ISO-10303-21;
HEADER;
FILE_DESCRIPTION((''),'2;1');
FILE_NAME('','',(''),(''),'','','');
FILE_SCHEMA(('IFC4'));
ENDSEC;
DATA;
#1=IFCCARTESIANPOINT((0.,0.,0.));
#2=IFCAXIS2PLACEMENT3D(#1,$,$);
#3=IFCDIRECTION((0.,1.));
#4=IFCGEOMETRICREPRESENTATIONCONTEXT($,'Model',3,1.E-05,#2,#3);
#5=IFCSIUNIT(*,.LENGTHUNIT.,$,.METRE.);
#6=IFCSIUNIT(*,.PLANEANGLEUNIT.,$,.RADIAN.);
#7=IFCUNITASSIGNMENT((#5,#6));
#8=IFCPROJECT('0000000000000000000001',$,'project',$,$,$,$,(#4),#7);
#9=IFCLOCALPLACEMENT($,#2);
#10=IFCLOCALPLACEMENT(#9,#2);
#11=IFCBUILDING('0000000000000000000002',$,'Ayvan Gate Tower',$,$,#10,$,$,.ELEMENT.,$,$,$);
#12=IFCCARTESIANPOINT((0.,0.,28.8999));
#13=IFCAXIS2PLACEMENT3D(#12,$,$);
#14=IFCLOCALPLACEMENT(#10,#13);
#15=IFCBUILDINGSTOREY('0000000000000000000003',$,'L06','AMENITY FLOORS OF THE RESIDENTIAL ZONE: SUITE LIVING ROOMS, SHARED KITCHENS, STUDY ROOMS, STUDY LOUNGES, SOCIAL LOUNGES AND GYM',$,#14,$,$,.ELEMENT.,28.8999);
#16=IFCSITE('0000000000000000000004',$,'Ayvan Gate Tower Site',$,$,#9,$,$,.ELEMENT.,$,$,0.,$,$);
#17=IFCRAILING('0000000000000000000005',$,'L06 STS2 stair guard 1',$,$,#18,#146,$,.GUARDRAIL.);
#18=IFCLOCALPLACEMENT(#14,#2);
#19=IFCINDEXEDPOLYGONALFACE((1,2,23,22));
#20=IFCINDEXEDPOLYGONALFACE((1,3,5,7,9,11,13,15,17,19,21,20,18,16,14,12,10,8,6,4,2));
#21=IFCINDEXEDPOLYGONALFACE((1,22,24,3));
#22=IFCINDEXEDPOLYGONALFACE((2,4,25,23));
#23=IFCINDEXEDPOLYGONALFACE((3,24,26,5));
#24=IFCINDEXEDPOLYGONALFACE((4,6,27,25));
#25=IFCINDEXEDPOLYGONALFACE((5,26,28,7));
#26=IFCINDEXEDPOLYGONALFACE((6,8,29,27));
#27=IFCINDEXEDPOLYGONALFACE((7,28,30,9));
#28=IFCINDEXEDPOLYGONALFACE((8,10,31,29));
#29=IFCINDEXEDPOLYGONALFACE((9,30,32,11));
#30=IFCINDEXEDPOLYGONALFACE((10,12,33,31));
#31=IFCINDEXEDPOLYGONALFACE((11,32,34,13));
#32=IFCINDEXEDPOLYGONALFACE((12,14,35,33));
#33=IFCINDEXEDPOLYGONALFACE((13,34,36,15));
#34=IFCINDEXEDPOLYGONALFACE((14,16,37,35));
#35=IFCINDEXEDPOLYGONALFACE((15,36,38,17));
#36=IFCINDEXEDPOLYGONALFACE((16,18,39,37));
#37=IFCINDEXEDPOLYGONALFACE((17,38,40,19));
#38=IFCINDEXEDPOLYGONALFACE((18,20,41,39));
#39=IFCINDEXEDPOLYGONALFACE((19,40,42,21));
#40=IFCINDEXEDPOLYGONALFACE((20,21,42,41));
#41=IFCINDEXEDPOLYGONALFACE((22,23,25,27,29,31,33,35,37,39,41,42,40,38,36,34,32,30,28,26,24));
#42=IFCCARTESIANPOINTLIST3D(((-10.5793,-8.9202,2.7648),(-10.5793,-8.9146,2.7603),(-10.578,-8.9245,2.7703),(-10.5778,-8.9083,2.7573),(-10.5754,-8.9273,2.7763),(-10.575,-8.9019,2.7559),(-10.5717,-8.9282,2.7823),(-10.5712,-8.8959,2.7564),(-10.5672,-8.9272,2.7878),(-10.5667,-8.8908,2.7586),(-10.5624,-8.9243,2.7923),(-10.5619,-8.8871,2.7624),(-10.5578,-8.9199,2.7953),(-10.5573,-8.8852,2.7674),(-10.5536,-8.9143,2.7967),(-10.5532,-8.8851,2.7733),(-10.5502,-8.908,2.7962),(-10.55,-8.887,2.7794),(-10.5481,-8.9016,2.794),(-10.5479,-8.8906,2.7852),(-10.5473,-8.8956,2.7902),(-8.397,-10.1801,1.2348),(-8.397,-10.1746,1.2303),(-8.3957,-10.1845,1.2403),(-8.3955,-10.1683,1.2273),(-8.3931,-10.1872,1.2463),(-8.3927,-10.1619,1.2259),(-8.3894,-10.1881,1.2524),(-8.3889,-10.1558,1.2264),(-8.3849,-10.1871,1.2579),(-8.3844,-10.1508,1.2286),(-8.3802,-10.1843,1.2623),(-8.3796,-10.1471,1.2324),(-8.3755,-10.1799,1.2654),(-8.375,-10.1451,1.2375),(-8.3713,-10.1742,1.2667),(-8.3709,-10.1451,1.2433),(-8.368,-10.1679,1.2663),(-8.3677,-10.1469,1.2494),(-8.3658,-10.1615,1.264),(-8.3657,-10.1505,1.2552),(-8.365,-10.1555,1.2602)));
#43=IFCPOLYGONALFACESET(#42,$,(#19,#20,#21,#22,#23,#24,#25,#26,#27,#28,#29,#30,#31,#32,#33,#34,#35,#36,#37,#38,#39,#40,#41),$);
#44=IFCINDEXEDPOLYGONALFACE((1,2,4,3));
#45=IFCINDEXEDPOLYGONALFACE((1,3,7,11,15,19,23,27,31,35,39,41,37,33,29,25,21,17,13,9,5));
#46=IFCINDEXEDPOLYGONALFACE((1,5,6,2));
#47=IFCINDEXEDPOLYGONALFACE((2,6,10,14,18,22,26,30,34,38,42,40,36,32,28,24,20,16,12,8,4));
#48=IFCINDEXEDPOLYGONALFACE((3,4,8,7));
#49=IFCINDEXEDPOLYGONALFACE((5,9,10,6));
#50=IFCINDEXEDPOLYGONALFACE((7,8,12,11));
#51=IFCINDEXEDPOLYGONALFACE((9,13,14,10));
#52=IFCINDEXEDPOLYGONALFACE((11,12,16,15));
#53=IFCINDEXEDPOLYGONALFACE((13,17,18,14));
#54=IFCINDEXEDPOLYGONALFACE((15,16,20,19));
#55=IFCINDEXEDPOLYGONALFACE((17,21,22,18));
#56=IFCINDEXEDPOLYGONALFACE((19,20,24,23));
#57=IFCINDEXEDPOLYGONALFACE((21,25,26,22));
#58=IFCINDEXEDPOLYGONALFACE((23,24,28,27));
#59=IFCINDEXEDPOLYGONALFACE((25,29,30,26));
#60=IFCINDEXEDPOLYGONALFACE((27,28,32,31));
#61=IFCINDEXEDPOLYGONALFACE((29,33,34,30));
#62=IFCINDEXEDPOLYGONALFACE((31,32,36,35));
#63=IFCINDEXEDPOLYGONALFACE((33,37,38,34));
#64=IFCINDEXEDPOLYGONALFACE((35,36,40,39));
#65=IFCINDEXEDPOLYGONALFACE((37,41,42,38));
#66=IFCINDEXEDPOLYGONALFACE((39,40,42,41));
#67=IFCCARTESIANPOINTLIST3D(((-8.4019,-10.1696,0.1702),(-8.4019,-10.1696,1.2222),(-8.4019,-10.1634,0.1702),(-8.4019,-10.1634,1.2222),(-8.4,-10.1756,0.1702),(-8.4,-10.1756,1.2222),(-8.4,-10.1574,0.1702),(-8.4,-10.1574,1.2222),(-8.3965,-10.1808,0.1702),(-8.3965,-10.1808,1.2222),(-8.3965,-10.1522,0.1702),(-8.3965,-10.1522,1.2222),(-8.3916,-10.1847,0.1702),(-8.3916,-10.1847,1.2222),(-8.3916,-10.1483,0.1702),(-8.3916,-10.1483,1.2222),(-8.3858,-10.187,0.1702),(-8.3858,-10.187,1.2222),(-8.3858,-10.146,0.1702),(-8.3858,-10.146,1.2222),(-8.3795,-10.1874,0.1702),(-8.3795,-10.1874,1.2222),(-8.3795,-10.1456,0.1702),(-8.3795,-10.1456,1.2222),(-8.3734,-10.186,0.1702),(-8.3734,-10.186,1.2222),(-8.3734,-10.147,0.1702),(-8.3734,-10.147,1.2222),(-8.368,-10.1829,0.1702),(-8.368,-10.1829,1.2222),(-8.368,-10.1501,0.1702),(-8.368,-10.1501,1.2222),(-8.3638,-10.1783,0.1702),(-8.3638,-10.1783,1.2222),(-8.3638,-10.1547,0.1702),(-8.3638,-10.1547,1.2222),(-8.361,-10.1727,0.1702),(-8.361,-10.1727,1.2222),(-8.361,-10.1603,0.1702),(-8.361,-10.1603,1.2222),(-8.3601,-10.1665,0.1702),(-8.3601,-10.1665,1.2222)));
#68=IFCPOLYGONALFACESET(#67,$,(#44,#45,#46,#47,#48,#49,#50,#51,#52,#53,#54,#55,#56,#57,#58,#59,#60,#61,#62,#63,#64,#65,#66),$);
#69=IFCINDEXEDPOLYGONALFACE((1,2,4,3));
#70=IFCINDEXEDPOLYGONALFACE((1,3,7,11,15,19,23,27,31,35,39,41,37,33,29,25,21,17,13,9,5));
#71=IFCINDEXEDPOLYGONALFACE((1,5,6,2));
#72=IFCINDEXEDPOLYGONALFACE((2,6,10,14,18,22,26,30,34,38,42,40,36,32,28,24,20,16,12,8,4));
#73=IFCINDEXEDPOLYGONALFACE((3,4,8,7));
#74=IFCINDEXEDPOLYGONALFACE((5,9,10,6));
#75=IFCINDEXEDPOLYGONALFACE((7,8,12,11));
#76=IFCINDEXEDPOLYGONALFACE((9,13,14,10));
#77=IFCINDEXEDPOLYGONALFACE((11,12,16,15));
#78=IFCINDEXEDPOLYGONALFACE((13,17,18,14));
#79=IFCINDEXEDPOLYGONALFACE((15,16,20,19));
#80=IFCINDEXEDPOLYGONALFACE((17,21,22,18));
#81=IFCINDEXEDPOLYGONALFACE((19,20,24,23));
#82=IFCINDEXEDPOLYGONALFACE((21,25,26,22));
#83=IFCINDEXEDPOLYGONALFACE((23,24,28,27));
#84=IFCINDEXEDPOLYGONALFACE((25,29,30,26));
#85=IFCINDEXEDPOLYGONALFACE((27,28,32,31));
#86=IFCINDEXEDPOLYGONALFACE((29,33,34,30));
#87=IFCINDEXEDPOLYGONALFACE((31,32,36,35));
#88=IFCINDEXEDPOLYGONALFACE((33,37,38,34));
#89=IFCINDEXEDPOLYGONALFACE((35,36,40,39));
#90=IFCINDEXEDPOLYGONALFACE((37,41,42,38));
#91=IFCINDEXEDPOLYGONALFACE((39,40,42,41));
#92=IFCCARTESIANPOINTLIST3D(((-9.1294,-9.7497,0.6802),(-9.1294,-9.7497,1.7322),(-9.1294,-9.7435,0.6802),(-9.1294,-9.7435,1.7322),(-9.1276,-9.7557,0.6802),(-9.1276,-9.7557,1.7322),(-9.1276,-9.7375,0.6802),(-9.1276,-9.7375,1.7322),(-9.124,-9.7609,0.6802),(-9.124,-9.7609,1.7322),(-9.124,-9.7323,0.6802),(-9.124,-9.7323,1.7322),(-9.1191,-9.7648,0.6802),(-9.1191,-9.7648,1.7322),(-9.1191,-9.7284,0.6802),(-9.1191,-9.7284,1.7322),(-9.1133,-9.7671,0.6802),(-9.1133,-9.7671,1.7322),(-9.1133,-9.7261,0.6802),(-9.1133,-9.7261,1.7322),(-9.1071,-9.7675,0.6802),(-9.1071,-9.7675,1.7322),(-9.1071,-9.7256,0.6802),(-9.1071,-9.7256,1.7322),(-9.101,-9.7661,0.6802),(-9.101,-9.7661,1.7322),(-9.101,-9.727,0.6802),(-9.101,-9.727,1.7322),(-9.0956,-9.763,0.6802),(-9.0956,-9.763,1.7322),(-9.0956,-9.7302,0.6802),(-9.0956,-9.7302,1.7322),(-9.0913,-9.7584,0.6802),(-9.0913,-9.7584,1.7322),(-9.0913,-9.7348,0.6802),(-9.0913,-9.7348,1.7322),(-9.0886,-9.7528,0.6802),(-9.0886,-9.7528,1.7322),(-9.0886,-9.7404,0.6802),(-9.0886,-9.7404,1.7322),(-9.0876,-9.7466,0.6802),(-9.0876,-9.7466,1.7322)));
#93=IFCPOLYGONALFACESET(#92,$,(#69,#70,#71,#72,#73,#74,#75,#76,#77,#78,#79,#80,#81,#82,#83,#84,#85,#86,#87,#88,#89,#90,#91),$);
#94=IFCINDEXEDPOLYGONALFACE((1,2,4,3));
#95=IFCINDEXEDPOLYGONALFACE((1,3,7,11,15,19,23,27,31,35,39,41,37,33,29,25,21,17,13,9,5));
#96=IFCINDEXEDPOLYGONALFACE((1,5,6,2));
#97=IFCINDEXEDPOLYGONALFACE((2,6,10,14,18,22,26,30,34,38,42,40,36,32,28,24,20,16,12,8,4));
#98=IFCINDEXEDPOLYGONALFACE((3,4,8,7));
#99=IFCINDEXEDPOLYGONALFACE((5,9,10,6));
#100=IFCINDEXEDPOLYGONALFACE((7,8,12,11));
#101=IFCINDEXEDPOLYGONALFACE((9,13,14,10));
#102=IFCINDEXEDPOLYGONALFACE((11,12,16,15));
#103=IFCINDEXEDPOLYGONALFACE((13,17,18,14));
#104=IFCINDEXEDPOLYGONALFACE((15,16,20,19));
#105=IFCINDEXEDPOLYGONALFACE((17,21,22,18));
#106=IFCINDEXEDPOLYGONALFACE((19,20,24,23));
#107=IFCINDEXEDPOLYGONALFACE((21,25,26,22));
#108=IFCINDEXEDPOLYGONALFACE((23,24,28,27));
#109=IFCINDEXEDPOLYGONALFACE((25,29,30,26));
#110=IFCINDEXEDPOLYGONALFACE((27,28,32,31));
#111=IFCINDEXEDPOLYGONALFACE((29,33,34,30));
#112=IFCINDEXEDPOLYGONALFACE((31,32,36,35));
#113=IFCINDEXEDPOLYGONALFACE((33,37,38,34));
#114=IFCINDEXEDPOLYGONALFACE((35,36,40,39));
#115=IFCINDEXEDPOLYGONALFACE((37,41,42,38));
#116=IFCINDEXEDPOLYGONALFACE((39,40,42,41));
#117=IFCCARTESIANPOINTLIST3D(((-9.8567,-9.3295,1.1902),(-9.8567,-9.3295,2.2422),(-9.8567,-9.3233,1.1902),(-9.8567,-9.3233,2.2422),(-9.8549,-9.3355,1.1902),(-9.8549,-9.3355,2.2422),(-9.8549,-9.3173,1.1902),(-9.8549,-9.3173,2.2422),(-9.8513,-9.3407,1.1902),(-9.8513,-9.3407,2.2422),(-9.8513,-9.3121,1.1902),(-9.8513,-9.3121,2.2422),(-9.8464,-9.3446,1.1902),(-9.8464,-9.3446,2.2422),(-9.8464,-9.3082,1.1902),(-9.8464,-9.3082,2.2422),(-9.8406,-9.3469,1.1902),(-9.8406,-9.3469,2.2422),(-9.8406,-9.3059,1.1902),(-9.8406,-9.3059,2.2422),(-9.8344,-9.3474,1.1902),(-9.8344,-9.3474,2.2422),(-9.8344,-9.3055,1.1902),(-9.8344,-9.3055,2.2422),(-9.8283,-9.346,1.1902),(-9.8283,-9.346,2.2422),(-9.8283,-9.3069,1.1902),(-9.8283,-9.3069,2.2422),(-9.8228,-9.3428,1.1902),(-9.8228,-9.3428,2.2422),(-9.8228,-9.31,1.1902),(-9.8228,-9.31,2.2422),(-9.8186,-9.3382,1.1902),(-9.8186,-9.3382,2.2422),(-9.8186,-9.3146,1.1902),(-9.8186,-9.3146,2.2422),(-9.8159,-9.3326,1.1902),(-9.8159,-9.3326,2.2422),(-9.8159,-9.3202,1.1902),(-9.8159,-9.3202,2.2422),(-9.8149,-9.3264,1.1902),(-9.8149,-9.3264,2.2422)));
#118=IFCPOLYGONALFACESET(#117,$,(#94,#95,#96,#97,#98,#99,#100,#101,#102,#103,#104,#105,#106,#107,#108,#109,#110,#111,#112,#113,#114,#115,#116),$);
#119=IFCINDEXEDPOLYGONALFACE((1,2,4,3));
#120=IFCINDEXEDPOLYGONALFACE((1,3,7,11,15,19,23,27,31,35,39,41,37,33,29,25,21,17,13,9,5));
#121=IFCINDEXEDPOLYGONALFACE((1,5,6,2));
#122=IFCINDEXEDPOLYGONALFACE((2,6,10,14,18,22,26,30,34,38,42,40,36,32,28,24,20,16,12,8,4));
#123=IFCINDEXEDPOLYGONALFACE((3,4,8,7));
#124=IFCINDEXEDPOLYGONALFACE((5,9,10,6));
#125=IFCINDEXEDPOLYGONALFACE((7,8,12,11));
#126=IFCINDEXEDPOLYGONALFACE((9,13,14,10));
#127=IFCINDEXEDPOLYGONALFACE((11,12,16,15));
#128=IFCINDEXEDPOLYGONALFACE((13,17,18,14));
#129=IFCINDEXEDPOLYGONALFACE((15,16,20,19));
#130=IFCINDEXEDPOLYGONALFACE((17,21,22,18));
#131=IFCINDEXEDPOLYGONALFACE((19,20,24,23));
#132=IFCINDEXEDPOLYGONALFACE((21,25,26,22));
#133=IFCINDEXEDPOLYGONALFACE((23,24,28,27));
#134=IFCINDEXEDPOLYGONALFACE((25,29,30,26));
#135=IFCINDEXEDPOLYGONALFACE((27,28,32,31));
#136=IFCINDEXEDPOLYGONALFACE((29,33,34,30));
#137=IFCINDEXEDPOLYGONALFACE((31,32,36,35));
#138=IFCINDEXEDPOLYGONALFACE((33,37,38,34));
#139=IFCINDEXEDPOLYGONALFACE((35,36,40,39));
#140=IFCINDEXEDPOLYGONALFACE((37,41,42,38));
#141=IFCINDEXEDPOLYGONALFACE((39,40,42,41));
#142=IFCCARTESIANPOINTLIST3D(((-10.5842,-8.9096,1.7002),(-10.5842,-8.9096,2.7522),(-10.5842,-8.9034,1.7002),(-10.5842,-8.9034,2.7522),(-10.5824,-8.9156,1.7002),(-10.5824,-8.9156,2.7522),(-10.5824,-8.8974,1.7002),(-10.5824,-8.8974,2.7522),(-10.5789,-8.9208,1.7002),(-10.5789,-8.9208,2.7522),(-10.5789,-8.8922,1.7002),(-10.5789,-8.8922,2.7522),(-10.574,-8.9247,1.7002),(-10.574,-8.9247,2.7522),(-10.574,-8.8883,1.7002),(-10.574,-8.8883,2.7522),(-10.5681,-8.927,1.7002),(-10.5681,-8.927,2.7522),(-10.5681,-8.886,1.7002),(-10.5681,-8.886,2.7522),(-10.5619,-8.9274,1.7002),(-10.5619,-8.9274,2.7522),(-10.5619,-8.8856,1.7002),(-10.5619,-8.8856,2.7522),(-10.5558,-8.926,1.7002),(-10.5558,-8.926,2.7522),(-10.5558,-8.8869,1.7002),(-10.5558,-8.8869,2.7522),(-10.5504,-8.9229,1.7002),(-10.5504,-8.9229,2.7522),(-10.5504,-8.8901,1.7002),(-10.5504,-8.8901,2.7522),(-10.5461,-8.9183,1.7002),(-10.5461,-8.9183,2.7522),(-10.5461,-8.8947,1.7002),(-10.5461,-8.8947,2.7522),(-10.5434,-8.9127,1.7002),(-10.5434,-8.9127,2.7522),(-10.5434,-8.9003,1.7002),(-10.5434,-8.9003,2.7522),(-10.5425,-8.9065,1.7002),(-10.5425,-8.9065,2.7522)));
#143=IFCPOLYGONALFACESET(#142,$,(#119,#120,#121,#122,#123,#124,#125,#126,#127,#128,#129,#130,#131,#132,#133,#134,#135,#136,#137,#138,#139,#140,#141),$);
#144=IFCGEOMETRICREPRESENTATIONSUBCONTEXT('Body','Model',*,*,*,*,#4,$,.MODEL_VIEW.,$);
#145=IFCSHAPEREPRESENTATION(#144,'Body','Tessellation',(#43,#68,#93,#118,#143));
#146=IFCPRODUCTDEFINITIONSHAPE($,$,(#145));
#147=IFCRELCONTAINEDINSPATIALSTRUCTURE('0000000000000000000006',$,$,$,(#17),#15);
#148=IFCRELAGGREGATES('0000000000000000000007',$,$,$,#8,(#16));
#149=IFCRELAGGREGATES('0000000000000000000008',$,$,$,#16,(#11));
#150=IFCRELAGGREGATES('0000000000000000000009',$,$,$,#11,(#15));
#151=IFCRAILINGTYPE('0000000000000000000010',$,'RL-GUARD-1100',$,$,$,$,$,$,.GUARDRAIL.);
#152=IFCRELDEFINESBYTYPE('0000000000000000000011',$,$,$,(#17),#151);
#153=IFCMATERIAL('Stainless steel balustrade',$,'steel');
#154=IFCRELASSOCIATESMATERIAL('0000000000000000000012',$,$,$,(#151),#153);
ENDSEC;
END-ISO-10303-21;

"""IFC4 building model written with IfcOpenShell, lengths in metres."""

from ifc_helpers import new_model, si_unit, direction, frame, origin, origin_2d, place, context, subcontext, project, spatial, circle, extrude, material, type_object, element, save


model = new_model("IFC4")

# Units and contexts
model_context = context("Model", 3, precision=1e-05, world=origin(), true_north=direction((0.0, 1.0)))
body_context = subcontext(model_context, "Body", "Model", "MODEL_VIEW")
ifc_project = project(units=[si_unit("LENGTHUNIT", "METRE"), si_unit("PLANEANGLEUNIT", "RADIAN")], contexts=[model_context])

# Site, building, storey
site_placement = place(None, origin())
site = spatial("IfcSite", under=ifc_project, at=site_placement, Name="Ayvan Gate Tower Site", CompositionType="ELEMENT", RefElevation=0.0)
building_placement = place(site_placement, origin())
building = spatial("IfcBuilding", under=site, at=building_placement, Name="Ayvan Gate Tower", CompositionType="ELEMENT")
storey_placement = place(building_placement, frame((0.0, 0.0, 28.8999)))
storey = spatial("IfcBuildingStorey", under=building, at=storey_placement, Name="L06", Description="AMENITY FLOORS OF THE RESIDENTIAL ZONE: SUITE LIVING ROOMS, SHARED KITCHENS, STUDY ROOMS, STUDY LOUNGES, SOCIAL LOUNGES AND GYM", CompositionType="ELEMENT", Elevation=28.8999)

# Railing
ifc_material_1 = material(Name="Stainless steel balustrade", Category="steel")
railing_type_1 = type_object("IfcRailingType", Name="RL-GUARD-1100", PredefinedType="GUARDRAIL", material=ifc_material_1)
railing_1_placement = place(storey_placement, frame((-8.3811, -10.1665, 0.1702)))
element("IfcRailing", 1, at=railing_1_placement, inside=storey, type_object=railing_type_1, Name="L06 STS2 stair guard 1", PredefinedType="GUARDRAIL", context=body_context, shape_type="SweptSolid", body=[
    extrude(circle(Radius=0.0239, at=origin_2d()), frame((0.0, 0.0, 1.0762), z_axis=(-0.740261, 0.427395, 0.518986), x_axis=(-0.500005, -0.866023, 0.0)), (0.0, 0.0, 1.0), 2.948),
    extrude(circle(Radius=0.021, at=origin_2d()), origin(), (0.0, 0.0, 1.0), 1.052),
    extrude(circle(Radius=0.021, at=origin_2d()), frame((-0.7275, 0.4199, 0.51)), (0.0, 0.0, 1.0), 1.052),
    extrude(circle(Radius=0.021, at=origin_2d()), frame((-1.4548, 0.8401, 1.02)), (0.0, 0.0, 1.0), 1.052),
    extrude(circle(Radius=0.021, at=origin_2d()), frame((-2.1824, 1.26, 1.53)), (0.0, 0.0, 1.0), 1.052),
])

save(model, "model.ifc")
